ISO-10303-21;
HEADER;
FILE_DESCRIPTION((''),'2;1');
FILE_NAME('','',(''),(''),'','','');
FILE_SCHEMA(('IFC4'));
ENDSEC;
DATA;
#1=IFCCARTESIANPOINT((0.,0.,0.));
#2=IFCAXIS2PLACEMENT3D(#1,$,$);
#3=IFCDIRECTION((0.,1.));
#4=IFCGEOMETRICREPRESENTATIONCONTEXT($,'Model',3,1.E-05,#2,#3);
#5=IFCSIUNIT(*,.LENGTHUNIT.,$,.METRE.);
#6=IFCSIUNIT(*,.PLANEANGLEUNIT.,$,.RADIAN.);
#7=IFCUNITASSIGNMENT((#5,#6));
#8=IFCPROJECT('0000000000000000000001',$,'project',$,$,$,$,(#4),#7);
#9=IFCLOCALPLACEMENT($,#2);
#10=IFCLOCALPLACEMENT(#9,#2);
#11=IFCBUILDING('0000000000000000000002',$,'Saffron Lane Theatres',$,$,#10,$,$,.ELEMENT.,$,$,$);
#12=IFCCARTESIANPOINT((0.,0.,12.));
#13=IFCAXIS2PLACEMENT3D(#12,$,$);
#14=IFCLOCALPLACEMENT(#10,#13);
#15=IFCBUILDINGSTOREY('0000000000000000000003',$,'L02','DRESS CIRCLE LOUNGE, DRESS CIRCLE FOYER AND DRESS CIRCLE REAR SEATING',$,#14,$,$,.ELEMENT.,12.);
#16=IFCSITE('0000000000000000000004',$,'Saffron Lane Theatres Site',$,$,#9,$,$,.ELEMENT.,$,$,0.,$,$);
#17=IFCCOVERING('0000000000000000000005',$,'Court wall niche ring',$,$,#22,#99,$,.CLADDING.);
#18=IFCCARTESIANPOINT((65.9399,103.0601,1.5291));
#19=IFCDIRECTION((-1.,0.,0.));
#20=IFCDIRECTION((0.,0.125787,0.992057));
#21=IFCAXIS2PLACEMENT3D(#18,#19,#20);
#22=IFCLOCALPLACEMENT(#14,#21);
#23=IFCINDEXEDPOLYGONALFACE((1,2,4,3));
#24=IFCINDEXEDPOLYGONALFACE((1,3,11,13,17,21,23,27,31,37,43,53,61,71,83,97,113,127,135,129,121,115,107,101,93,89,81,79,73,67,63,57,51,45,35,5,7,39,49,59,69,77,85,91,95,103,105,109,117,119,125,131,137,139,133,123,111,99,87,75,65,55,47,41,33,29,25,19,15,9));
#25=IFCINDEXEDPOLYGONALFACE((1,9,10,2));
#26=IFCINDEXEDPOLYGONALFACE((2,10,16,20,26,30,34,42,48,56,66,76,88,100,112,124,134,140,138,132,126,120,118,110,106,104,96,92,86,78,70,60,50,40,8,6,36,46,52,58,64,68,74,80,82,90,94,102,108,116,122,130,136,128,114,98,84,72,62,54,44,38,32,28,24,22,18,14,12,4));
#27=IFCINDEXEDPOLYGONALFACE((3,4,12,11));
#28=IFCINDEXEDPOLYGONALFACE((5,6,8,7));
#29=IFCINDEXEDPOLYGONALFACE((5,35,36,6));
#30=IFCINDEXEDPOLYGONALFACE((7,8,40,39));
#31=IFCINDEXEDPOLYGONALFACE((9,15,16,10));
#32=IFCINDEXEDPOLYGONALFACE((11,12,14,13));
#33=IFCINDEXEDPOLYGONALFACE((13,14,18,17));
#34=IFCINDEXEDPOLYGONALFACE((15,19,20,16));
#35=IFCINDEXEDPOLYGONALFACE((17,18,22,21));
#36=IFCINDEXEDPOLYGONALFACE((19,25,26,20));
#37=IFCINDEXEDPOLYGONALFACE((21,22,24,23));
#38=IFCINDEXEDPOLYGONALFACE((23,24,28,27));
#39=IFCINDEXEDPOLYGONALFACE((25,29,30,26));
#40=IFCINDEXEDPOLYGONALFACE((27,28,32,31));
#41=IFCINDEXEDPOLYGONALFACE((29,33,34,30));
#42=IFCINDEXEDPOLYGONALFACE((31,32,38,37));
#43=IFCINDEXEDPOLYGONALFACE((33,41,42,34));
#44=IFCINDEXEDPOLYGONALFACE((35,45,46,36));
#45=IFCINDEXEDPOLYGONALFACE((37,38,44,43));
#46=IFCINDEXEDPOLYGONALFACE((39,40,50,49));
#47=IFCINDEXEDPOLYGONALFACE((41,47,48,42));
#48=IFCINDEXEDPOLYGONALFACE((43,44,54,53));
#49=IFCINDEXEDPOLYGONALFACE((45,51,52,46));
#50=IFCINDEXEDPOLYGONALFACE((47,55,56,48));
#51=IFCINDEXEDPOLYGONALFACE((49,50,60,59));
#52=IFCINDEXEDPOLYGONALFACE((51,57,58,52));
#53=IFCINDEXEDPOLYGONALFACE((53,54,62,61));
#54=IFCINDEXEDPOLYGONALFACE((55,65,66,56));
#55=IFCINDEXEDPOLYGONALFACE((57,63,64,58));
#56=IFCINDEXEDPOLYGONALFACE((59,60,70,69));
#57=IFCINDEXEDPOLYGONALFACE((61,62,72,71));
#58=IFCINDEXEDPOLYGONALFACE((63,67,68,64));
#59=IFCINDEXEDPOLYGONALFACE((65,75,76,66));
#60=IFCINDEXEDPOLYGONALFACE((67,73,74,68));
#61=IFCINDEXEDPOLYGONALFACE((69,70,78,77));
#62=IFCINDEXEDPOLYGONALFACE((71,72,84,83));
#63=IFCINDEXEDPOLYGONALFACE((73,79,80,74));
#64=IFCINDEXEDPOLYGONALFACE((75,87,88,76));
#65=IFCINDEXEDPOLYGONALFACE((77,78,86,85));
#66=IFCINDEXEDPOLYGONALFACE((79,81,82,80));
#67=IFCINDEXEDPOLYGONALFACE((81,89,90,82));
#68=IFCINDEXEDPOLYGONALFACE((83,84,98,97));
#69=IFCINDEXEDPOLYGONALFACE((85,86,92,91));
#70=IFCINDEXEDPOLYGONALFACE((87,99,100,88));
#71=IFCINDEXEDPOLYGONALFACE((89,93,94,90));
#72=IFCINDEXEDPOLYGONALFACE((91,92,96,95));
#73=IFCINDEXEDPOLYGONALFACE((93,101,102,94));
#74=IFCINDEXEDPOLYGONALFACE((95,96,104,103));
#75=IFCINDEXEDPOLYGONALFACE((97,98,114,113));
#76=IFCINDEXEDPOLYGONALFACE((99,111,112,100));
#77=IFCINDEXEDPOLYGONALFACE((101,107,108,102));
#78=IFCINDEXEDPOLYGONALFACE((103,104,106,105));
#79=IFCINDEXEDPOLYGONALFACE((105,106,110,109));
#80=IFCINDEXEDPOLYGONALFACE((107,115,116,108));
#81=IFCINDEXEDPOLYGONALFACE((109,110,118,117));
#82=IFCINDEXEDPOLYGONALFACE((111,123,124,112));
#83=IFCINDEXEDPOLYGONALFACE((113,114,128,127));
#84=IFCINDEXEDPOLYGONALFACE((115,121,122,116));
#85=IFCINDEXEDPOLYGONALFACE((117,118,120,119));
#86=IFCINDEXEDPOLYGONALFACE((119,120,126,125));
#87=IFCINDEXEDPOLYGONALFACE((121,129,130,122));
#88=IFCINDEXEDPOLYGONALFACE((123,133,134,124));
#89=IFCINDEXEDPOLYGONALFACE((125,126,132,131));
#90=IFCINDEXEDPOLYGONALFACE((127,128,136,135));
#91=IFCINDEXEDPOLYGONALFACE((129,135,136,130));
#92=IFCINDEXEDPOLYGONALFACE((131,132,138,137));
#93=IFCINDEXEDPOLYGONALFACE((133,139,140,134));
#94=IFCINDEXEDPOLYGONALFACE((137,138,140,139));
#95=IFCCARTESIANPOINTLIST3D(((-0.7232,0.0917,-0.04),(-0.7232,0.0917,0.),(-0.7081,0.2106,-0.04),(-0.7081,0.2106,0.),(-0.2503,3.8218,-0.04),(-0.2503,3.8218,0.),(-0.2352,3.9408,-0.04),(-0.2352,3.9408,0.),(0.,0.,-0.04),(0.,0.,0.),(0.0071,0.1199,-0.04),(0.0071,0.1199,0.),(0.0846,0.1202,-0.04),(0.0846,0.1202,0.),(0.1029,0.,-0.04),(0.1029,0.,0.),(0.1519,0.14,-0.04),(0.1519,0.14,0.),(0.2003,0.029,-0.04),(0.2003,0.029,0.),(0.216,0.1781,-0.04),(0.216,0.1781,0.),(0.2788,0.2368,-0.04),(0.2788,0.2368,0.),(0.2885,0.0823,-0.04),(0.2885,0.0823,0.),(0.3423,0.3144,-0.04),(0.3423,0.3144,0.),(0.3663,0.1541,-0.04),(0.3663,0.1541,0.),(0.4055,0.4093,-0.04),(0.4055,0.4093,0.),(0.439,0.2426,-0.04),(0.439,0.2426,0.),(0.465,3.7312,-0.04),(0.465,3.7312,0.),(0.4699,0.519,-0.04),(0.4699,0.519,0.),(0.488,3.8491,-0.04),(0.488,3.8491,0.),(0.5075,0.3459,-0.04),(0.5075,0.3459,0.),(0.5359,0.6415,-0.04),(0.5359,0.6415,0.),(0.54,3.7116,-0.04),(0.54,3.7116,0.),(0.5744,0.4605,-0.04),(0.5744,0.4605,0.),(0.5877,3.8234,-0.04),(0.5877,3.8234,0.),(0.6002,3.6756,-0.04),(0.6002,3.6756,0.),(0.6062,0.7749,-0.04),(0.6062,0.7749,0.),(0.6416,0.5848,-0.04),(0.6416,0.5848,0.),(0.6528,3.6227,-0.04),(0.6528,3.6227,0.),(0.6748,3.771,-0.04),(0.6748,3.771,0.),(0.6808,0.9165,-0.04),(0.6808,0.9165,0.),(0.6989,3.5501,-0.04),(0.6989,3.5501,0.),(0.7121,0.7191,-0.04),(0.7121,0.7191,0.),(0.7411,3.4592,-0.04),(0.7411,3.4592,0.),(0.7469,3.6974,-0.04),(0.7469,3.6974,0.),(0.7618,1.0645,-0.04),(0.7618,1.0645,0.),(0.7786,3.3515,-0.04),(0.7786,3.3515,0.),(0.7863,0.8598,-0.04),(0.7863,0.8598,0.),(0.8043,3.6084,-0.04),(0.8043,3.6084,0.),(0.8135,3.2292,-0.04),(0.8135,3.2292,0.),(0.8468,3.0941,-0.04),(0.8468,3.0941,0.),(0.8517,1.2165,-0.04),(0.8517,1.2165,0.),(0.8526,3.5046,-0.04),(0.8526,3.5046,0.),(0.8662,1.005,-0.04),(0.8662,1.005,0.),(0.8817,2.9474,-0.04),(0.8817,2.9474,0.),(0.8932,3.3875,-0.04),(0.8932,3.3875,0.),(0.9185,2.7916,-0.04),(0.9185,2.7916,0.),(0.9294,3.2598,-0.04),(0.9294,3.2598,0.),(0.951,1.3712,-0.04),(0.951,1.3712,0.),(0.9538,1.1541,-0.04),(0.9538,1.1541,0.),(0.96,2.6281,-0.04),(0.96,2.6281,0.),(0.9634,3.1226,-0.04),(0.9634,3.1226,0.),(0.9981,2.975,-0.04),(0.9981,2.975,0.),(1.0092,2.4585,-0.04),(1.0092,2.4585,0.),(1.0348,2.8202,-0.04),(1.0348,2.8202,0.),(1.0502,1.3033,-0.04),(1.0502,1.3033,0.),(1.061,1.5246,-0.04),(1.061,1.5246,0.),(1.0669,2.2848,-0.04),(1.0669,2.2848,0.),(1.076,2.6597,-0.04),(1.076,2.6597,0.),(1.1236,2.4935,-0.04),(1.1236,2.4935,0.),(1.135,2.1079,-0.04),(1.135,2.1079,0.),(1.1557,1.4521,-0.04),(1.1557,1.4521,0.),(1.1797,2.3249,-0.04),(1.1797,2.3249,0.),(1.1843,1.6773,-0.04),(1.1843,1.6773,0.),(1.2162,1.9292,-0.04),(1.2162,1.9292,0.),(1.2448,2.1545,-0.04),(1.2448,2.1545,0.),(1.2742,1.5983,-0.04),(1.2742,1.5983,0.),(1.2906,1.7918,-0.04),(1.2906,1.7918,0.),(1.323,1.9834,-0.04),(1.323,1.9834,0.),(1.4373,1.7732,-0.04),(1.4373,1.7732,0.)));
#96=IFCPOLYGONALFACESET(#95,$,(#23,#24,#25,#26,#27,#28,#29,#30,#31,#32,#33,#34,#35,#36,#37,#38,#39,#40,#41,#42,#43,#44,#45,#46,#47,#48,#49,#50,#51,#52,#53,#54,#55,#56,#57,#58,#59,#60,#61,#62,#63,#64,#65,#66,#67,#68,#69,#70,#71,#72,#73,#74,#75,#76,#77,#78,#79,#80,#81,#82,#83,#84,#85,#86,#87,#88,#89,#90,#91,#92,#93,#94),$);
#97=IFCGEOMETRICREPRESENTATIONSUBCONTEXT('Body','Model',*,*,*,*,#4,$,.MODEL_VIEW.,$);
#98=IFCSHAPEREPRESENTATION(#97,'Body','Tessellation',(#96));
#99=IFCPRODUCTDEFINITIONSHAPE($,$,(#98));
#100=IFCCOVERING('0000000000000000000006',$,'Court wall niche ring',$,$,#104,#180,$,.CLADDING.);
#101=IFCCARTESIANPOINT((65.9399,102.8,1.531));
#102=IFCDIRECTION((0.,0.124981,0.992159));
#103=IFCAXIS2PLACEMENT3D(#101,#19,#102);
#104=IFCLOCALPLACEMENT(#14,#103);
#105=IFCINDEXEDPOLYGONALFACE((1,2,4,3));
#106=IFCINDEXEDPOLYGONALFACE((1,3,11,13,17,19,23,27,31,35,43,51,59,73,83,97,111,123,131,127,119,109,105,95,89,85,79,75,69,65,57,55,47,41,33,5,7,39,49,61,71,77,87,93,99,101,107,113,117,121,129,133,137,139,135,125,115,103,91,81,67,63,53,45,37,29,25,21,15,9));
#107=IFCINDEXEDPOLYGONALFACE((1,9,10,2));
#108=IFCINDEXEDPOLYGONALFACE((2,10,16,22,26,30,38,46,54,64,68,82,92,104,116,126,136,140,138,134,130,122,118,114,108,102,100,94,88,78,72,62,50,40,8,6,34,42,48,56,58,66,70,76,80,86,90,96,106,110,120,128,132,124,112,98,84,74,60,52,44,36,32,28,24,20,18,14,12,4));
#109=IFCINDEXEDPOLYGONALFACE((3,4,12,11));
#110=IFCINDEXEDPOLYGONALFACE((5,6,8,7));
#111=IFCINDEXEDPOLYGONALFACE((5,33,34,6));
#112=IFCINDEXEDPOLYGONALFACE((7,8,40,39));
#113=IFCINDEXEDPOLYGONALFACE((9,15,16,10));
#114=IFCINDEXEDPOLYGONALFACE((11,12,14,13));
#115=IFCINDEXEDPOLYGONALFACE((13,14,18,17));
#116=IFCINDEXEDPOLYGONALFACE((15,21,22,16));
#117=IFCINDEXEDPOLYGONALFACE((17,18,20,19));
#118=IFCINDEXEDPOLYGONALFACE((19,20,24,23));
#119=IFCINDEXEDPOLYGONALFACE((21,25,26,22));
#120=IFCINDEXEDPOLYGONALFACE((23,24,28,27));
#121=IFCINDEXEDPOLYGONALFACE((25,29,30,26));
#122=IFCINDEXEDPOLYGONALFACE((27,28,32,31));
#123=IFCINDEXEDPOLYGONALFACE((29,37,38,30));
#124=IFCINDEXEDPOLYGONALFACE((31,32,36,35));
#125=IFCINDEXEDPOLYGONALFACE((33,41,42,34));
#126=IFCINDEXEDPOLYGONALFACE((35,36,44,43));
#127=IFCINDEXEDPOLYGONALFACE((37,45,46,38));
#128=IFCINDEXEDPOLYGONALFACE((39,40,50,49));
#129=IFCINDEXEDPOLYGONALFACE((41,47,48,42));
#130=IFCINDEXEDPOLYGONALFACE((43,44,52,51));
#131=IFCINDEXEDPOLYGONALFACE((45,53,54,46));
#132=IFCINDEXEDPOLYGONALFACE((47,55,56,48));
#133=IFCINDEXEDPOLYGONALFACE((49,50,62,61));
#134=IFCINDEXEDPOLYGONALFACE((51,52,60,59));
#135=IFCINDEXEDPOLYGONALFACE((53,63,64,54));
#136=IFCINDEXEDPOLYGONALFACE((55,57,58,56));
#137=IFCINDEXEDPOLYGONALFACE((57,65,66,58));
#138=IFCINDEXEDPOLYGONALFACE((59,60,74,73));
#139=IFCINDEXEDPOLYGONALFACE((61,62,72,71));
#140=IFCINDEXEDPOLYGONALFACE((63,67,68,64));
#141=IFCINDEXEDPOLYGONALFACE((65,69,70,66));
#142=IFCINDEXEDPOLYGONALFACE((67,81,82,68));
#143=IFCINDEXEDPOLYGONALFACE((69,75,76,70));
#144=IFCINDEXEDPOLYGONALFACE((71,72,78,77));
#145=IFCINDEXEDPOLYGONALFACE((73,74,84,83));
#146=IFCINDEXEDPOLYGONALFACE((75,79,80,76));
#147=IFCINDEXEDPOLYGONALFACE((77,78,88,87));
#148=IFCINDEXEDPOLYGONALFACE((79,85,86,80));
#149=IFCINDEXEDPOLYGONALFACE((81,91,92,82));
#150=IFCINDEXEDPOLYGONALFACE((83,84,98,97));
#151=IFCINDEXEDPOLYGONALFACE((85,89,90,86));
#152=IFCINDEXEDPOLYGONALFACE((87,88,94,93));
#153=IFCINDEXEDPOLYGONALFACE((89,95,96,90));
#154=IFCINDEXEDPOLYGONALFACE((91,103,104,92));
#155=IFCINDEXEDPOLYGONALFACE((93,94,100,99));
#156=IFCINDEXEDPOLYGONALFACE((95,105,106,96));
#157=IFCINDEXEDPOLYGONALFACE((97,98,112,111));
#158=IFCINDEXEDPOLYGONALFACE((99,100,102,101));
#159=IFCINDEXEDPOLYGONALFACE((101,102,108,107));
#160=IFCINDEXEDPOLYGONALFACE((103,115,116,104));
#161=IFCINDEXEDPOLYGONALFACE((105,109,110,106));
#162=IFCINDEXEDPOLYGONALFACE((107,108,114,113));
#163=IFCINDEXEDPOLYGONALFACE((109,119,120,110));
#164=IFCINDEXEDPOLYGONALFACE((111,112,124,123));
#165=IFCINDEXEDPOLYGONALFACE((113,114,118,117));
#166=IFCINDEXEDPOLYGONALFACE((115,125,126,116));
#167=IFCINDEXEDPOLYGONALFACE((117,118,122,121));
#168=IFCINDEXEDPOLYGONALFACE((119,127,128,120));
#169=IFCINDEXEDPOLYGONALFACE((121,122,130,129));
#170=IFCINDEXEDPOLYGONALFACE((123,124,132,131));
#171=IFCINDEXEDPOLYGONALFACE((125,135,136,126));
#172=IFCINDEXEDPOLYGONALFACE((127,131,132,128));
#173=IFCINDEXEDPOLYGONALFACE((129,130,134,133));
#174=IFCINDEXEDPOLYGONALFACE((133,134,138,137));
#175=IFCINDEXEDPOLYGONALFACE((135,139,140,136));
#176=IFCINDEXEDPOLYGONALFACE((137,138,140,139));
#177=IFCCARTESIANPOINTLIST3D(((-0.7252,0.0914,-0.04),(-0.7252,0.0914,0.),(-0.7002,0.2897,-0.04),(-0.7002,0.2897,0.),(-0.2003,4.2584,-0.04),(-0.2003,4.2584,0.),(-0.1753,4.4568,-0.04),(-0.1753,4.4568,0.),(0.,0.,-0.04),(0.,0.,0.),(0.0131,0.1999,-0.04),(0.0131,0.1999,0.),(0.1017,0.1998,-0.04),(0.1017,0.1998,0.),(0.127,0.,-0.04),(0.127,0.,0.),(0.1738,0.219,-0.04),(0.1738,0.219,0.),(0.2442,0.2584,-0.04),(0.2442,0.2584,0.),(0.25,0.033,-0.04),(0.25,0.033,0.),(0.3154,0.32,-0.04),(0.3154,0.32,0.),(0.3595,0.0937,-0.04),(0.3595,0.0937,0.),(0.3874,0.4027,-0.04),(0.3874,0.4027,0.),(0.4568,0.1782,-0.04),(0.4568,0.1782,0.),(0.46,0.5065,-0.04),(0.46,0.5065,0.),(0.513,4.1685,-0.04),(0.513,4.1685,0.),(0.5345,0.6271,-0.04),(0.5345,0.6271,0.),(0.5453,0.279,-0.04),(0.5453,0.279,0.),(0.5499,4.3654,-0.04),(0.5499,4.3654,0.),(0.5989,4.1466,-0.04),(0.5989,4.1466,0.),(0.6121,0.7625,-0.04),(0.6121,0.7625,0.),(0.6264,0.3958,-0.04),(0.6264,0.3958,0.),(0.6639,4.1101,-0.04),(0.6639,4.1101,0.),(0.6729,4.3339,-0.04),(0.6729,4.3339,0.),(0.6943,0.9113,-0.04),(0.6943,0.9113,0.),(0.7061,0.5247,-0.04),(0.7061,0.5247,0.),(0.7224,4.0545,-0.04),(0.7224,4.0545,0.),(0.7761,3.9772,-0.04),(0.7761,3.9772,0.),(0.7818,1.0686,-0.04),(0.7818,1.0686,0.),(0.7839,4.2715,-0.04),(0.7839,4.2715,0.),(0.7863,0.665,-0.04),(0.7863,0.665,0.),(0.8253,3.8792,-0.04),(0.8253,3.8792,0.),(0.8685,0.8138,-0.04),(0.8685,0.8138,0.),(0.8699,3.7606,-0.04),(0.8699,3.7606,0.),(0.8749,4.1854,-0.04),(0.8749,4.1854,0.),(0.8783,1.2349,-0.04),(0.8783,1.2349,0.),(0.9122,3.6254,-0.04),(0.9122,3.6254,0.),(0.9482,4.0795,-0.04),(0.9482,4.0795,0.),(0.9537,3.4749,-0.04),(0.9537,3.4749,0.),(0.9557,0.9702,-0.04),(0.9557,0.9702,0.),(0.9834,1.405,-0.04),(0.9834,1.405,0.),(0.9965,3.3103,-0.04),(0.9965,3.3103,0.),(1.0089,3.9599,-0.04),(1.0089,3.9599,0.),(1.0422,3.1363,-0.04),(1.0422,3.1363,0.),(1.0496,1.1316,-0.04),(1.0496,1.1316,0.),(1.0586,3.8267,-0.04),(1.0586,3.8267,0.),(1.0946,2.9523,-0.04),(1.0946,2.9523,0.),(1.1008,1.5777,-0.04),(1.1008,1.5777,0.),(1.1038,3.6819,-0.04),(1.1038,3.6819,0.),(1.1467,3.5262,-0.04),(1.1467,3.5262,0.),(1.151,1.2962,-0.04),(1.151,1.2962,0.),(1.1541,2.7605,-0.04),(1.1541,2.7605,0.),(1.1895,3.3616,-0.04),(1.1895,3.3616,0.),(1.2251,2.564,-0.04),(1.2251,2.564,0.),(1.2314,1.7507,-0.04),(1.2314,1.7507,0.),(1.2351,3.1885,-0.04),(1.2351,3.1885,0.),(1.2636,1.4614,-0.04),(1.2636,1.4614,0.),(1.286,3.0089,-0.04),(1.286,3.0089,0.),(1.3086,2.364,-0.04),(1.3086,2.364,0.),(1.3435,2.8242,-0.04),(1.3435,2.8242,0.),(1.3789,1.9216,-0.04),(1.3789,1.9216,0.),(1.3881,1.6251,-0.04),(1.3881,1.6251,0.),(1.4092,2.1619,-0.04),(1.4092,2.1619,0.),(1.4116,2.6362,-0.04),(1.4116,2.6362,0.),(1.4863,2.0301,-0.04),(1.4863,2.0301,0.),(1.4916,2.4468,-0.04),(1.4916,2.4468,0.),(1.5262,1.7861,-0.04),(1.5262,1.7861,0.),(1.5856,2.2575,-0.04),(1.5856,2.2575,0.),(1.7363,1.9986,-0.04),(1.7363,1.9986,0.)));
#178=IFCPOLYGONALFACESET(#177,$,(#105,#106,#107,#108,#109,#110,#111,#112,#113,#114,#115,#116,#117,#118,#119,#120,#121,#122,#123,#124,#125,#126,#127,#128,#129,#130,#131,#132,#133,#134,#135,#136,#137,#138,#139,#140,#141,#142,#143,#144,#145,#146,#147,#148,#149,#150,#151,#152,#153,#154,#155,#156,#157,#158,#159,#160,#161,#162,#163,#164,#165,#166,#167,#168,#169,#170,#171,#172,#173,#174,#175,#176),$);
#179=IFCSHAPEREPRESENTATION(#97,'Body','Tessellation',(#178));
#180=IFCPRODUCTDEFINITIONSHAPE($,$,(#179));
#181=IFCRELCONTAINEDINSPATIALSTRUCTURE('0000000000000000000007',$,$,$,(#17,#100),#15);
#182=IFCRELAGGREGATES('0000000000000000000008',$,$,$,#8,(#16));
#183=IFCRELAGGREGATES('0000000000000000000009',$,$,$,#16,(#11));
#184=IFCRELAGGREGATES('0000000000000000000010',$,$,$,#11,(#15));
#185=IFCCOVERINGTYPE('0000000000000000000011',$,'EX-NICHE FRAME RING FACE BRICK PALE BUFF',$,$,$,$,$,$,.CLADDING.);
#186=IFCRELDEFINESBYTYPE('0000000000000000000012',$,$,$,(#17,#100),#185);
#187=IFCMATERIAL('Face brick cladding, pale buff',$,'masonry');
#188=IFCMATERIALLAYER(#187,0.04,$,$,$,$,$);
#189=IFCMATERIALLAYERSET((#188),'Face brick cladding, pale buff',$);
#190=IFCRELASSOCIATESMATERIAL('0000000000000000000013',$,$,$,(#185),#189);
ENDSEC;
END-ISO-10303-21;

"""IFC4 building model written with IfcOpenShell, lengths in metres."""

from ifc_helpers import new_model, si_unit, direction, frame, origin, place, context, subcontext, project, spatial, polyline, outline, extrude, material, layer, layer_set, type_object, element, save


model = new_model("IFC4")

# Units and contexts
model_context = context("Model", 3, precision=1e-05, world=origin(), true_north=direction((0.0, 1.0)))
body_context = subcontext(model_context, "Body", "Model", "MODEL_VIEW")
ifc_project = project(units=[si_unit("LENGTHUNIT", "METRE"), si_unit("PLANEANGLEUNIT", "RADIAN")], contexts=[model_context])

# Site, building, storey
site_placement = place(None, origin())
site = spatial("IfcSite", under=ifc_project, at=site_placement, Name="Saffron Lane Theatres Site", CompositionType="ELEMENT", RefElevation=0.0)
building_placement = place(site_placement, origin())
building = spatial("IfcBuilding", under=site, at=building_placement, Name="Saffron Lane Theatres", CompositionType="ELEMENT")
storey_placement = place(building_placement, frame((0.0, 0.0, 12.0)))
storey = spatial("IfcBuildingStorey", under=building, at=storey_placement, Name="L02", Description="DRESS CIRCLE LOUNGE, DRESS CIRCLE FOYER AND DRESS CIRCLE REAR SEATING", CompositionType="ELEMENT", Elevation=12.0)

# Coverings
ifc_material_1 = material(Name="Face brick cladding, pale buff", Category="masonry")
ifc_layer_1 = layer(ifc_material_1, 0.04)
ifc_layer_set_1 = layer_set([ifc_layer_1], Name="Face brick cladding, pale buff")
covering_type_1 = type_object("IfcCoveringType", Name="EX-NICHE FRAME RING FACE BRICK PALE BUFF", PredefinedType="CLADDING", material=ifc_layer_set_1)
covering_1_placement = place(storey_placement, frame((65.9399, 103.0601, 1.5291), z_axis=(-1.0, 0.0, 0.0), x_axis=(0.0, 0.125787, 0.992057)))
element("IfcCovering", 1, at=covering_1_placement, inside=storey, type_object=covering_type_1, Name="Court wall niche ring", PredefinedType="CLADDING", context=body_context, shape_type="SweptSolid", body=[
    extrude(outline(polyline([(0.0, 0.0), (0.1029, 0.0), (0.2003, 0.029), (0.2885, 0.0823), (0.3663, 0.1541), (0.439, 0.2426), (0.5075, 0.3459), (0.5744, 0.4605), (0.6416, 0.5848), (0.7121, 0.7191), (0.7863, 0.8598), (0.8662, 1.005), (0.9538, 1.1541), (1.0502, 1.3033), (1.1557, 1.4521), (1.2742, 1.5983), (1.4373, 1.7732), (1.323, 1.9834), (1.2448, 2.1545), (1.1797, 2.3249), (1.1236, 2.4935), (1.076, 2.6597), (1.0348, 2.8202), (0.9981, 2.975), (0.9634, 3.1226), (0.9294, 3.2598), (0.8932, 3.3875), (0.8526, 3.5046), (0.8043, 3.6084), (0.7469, 3.6974), (0.6748, 3.771), (0.5877, 3.8234), (0.488, 3.8491), (-0.2352, 3.9408), (-0.2503, 3.8218), (0.465, 3.7312), (0.54, 3.7116), (0.6002, 3.6756), (0.6528, 3.6227), (0.6989, 3.5501), (0.7411, 3.4592), (0.7786, 3.3515), (0.8135, 3.2292), (0.8468, 3.0941), (0.8817, 2.9474), (0.9185, 2.7916), (0.96, 2.6281), (1.0092, 2.4585), (1.0669, 2.2848), (1.135, 2.1079), (1.2162, 1.9292), (1.2906, 1.7918), (1.1843, 1.6773), (1.061, 1.5246), (0.951, 1.3712), (0.8517, 1.2165), (0.7618, 1.0645), (0.6808, 0.9165), (0.6062, 0.7749), (0.5359, 0.6415), (0.4699, 0.519), (0.4055, 0.4093), (0.3423, 0.3144), (0.2788, 0.2368), (0.216, 0.1781), (0.1519, 0.14), (0.0846, 0.1202), (0.0071, 0.1199), (-0.7081, 0.2106), (-0.7232, 0.0917), (0.0, 0.0)])), origin(), (0.0, 0.0, -1.0), 0.04),
])
covering_2_placement = place(storey_placement, frame((65.9399, 102.8, 1.531), z_axis=(-1.0, 0.0, 0.0), x_axis=(0.0, 0.124981, 0.992159)))
element("IfcCovering", 2, at=covering_2_placement, inside=storey, type_object=covering_type_1, Name="Court wall niche ring", PredefinedType="CLADDING", context=body_context, shape_type="SweptSolid", body=[
    extrude(outline(polyline([(0.0, 0.0), (0.127, 0.0), (0.25, 0.033), (0.3595, 0.0937), (0.4568, 0.1782), (0.5453, 0.279), (0.6264, 0.3958), (0.7061, 0.5247), (0.7863, 0.665), (0.8685, 0.8138), (0.9557, 0.9702), (1.0496, 1.1316), (1.151, 1.2962), (1.2636, 1.4614), (1.3881, 1.6251), (1.5262, 1.7861), (1.7363, 1.9986), (1.5856, 2.2575), (1.4916, 2.4468), (1.4116, 2.6362), (1.3435, 2.8242), (1.286, 3.0089), (1.2351, 3.1885), (1.1895, 3.3616), (1.1467, 3.5262), (1.1038, 3.6819), (1.0586, 3.8267), (1.0089, 3.9599), (0.9482, 4.0795), (0.8749, 4.1854), (0.7839, 4.2715), (0.6729, 4.3339), (0.5499, 4.3654), (-0.1753, 4.4568), (-0.2003, 4.2584), (0.513, 4.1685), (0.5989, 4.1466), (0.6639, 4.1101), (0.7224, 4.0545), (0.7761, 3.9772), (0.8253, 3.8792), (0.8699, 3.7606), (0.9122, 3.6254), (0.9537, 3.4749), (0.9965, 3.3103), (1.0422, 3.1363), (1.0946, 2.9523), (1.1541, 2.7605), (1.2251, 2.564), (1.3086, 2.364), (1.4092, 2.1619), (1.4863, 2.0301), (1.3789, 1.9216), (1.2314, 1.7507), (1.1008, 1.5777), (0.9834, 1.405), (0.8783, 1.2349), (0.7818, 1.0686), (0.6943, 0.9113), (0.6121, 0.7625), (0.5345, 0.6271), (0.46, 0.5065), (0.3874, 0.4027), (0.3154, 0.32), (0.2442, 0.2584), (0.1738, 0.219), (0.1017, 0.1998), (0.0131, 0.1999), (-0.7002, 0.2897), (-0.7252, 0.0914), (0.0, 0.0)])), origin(), (0.0, 0.0, -1.0), 0.04),
])

save(model, "model.ifc")
